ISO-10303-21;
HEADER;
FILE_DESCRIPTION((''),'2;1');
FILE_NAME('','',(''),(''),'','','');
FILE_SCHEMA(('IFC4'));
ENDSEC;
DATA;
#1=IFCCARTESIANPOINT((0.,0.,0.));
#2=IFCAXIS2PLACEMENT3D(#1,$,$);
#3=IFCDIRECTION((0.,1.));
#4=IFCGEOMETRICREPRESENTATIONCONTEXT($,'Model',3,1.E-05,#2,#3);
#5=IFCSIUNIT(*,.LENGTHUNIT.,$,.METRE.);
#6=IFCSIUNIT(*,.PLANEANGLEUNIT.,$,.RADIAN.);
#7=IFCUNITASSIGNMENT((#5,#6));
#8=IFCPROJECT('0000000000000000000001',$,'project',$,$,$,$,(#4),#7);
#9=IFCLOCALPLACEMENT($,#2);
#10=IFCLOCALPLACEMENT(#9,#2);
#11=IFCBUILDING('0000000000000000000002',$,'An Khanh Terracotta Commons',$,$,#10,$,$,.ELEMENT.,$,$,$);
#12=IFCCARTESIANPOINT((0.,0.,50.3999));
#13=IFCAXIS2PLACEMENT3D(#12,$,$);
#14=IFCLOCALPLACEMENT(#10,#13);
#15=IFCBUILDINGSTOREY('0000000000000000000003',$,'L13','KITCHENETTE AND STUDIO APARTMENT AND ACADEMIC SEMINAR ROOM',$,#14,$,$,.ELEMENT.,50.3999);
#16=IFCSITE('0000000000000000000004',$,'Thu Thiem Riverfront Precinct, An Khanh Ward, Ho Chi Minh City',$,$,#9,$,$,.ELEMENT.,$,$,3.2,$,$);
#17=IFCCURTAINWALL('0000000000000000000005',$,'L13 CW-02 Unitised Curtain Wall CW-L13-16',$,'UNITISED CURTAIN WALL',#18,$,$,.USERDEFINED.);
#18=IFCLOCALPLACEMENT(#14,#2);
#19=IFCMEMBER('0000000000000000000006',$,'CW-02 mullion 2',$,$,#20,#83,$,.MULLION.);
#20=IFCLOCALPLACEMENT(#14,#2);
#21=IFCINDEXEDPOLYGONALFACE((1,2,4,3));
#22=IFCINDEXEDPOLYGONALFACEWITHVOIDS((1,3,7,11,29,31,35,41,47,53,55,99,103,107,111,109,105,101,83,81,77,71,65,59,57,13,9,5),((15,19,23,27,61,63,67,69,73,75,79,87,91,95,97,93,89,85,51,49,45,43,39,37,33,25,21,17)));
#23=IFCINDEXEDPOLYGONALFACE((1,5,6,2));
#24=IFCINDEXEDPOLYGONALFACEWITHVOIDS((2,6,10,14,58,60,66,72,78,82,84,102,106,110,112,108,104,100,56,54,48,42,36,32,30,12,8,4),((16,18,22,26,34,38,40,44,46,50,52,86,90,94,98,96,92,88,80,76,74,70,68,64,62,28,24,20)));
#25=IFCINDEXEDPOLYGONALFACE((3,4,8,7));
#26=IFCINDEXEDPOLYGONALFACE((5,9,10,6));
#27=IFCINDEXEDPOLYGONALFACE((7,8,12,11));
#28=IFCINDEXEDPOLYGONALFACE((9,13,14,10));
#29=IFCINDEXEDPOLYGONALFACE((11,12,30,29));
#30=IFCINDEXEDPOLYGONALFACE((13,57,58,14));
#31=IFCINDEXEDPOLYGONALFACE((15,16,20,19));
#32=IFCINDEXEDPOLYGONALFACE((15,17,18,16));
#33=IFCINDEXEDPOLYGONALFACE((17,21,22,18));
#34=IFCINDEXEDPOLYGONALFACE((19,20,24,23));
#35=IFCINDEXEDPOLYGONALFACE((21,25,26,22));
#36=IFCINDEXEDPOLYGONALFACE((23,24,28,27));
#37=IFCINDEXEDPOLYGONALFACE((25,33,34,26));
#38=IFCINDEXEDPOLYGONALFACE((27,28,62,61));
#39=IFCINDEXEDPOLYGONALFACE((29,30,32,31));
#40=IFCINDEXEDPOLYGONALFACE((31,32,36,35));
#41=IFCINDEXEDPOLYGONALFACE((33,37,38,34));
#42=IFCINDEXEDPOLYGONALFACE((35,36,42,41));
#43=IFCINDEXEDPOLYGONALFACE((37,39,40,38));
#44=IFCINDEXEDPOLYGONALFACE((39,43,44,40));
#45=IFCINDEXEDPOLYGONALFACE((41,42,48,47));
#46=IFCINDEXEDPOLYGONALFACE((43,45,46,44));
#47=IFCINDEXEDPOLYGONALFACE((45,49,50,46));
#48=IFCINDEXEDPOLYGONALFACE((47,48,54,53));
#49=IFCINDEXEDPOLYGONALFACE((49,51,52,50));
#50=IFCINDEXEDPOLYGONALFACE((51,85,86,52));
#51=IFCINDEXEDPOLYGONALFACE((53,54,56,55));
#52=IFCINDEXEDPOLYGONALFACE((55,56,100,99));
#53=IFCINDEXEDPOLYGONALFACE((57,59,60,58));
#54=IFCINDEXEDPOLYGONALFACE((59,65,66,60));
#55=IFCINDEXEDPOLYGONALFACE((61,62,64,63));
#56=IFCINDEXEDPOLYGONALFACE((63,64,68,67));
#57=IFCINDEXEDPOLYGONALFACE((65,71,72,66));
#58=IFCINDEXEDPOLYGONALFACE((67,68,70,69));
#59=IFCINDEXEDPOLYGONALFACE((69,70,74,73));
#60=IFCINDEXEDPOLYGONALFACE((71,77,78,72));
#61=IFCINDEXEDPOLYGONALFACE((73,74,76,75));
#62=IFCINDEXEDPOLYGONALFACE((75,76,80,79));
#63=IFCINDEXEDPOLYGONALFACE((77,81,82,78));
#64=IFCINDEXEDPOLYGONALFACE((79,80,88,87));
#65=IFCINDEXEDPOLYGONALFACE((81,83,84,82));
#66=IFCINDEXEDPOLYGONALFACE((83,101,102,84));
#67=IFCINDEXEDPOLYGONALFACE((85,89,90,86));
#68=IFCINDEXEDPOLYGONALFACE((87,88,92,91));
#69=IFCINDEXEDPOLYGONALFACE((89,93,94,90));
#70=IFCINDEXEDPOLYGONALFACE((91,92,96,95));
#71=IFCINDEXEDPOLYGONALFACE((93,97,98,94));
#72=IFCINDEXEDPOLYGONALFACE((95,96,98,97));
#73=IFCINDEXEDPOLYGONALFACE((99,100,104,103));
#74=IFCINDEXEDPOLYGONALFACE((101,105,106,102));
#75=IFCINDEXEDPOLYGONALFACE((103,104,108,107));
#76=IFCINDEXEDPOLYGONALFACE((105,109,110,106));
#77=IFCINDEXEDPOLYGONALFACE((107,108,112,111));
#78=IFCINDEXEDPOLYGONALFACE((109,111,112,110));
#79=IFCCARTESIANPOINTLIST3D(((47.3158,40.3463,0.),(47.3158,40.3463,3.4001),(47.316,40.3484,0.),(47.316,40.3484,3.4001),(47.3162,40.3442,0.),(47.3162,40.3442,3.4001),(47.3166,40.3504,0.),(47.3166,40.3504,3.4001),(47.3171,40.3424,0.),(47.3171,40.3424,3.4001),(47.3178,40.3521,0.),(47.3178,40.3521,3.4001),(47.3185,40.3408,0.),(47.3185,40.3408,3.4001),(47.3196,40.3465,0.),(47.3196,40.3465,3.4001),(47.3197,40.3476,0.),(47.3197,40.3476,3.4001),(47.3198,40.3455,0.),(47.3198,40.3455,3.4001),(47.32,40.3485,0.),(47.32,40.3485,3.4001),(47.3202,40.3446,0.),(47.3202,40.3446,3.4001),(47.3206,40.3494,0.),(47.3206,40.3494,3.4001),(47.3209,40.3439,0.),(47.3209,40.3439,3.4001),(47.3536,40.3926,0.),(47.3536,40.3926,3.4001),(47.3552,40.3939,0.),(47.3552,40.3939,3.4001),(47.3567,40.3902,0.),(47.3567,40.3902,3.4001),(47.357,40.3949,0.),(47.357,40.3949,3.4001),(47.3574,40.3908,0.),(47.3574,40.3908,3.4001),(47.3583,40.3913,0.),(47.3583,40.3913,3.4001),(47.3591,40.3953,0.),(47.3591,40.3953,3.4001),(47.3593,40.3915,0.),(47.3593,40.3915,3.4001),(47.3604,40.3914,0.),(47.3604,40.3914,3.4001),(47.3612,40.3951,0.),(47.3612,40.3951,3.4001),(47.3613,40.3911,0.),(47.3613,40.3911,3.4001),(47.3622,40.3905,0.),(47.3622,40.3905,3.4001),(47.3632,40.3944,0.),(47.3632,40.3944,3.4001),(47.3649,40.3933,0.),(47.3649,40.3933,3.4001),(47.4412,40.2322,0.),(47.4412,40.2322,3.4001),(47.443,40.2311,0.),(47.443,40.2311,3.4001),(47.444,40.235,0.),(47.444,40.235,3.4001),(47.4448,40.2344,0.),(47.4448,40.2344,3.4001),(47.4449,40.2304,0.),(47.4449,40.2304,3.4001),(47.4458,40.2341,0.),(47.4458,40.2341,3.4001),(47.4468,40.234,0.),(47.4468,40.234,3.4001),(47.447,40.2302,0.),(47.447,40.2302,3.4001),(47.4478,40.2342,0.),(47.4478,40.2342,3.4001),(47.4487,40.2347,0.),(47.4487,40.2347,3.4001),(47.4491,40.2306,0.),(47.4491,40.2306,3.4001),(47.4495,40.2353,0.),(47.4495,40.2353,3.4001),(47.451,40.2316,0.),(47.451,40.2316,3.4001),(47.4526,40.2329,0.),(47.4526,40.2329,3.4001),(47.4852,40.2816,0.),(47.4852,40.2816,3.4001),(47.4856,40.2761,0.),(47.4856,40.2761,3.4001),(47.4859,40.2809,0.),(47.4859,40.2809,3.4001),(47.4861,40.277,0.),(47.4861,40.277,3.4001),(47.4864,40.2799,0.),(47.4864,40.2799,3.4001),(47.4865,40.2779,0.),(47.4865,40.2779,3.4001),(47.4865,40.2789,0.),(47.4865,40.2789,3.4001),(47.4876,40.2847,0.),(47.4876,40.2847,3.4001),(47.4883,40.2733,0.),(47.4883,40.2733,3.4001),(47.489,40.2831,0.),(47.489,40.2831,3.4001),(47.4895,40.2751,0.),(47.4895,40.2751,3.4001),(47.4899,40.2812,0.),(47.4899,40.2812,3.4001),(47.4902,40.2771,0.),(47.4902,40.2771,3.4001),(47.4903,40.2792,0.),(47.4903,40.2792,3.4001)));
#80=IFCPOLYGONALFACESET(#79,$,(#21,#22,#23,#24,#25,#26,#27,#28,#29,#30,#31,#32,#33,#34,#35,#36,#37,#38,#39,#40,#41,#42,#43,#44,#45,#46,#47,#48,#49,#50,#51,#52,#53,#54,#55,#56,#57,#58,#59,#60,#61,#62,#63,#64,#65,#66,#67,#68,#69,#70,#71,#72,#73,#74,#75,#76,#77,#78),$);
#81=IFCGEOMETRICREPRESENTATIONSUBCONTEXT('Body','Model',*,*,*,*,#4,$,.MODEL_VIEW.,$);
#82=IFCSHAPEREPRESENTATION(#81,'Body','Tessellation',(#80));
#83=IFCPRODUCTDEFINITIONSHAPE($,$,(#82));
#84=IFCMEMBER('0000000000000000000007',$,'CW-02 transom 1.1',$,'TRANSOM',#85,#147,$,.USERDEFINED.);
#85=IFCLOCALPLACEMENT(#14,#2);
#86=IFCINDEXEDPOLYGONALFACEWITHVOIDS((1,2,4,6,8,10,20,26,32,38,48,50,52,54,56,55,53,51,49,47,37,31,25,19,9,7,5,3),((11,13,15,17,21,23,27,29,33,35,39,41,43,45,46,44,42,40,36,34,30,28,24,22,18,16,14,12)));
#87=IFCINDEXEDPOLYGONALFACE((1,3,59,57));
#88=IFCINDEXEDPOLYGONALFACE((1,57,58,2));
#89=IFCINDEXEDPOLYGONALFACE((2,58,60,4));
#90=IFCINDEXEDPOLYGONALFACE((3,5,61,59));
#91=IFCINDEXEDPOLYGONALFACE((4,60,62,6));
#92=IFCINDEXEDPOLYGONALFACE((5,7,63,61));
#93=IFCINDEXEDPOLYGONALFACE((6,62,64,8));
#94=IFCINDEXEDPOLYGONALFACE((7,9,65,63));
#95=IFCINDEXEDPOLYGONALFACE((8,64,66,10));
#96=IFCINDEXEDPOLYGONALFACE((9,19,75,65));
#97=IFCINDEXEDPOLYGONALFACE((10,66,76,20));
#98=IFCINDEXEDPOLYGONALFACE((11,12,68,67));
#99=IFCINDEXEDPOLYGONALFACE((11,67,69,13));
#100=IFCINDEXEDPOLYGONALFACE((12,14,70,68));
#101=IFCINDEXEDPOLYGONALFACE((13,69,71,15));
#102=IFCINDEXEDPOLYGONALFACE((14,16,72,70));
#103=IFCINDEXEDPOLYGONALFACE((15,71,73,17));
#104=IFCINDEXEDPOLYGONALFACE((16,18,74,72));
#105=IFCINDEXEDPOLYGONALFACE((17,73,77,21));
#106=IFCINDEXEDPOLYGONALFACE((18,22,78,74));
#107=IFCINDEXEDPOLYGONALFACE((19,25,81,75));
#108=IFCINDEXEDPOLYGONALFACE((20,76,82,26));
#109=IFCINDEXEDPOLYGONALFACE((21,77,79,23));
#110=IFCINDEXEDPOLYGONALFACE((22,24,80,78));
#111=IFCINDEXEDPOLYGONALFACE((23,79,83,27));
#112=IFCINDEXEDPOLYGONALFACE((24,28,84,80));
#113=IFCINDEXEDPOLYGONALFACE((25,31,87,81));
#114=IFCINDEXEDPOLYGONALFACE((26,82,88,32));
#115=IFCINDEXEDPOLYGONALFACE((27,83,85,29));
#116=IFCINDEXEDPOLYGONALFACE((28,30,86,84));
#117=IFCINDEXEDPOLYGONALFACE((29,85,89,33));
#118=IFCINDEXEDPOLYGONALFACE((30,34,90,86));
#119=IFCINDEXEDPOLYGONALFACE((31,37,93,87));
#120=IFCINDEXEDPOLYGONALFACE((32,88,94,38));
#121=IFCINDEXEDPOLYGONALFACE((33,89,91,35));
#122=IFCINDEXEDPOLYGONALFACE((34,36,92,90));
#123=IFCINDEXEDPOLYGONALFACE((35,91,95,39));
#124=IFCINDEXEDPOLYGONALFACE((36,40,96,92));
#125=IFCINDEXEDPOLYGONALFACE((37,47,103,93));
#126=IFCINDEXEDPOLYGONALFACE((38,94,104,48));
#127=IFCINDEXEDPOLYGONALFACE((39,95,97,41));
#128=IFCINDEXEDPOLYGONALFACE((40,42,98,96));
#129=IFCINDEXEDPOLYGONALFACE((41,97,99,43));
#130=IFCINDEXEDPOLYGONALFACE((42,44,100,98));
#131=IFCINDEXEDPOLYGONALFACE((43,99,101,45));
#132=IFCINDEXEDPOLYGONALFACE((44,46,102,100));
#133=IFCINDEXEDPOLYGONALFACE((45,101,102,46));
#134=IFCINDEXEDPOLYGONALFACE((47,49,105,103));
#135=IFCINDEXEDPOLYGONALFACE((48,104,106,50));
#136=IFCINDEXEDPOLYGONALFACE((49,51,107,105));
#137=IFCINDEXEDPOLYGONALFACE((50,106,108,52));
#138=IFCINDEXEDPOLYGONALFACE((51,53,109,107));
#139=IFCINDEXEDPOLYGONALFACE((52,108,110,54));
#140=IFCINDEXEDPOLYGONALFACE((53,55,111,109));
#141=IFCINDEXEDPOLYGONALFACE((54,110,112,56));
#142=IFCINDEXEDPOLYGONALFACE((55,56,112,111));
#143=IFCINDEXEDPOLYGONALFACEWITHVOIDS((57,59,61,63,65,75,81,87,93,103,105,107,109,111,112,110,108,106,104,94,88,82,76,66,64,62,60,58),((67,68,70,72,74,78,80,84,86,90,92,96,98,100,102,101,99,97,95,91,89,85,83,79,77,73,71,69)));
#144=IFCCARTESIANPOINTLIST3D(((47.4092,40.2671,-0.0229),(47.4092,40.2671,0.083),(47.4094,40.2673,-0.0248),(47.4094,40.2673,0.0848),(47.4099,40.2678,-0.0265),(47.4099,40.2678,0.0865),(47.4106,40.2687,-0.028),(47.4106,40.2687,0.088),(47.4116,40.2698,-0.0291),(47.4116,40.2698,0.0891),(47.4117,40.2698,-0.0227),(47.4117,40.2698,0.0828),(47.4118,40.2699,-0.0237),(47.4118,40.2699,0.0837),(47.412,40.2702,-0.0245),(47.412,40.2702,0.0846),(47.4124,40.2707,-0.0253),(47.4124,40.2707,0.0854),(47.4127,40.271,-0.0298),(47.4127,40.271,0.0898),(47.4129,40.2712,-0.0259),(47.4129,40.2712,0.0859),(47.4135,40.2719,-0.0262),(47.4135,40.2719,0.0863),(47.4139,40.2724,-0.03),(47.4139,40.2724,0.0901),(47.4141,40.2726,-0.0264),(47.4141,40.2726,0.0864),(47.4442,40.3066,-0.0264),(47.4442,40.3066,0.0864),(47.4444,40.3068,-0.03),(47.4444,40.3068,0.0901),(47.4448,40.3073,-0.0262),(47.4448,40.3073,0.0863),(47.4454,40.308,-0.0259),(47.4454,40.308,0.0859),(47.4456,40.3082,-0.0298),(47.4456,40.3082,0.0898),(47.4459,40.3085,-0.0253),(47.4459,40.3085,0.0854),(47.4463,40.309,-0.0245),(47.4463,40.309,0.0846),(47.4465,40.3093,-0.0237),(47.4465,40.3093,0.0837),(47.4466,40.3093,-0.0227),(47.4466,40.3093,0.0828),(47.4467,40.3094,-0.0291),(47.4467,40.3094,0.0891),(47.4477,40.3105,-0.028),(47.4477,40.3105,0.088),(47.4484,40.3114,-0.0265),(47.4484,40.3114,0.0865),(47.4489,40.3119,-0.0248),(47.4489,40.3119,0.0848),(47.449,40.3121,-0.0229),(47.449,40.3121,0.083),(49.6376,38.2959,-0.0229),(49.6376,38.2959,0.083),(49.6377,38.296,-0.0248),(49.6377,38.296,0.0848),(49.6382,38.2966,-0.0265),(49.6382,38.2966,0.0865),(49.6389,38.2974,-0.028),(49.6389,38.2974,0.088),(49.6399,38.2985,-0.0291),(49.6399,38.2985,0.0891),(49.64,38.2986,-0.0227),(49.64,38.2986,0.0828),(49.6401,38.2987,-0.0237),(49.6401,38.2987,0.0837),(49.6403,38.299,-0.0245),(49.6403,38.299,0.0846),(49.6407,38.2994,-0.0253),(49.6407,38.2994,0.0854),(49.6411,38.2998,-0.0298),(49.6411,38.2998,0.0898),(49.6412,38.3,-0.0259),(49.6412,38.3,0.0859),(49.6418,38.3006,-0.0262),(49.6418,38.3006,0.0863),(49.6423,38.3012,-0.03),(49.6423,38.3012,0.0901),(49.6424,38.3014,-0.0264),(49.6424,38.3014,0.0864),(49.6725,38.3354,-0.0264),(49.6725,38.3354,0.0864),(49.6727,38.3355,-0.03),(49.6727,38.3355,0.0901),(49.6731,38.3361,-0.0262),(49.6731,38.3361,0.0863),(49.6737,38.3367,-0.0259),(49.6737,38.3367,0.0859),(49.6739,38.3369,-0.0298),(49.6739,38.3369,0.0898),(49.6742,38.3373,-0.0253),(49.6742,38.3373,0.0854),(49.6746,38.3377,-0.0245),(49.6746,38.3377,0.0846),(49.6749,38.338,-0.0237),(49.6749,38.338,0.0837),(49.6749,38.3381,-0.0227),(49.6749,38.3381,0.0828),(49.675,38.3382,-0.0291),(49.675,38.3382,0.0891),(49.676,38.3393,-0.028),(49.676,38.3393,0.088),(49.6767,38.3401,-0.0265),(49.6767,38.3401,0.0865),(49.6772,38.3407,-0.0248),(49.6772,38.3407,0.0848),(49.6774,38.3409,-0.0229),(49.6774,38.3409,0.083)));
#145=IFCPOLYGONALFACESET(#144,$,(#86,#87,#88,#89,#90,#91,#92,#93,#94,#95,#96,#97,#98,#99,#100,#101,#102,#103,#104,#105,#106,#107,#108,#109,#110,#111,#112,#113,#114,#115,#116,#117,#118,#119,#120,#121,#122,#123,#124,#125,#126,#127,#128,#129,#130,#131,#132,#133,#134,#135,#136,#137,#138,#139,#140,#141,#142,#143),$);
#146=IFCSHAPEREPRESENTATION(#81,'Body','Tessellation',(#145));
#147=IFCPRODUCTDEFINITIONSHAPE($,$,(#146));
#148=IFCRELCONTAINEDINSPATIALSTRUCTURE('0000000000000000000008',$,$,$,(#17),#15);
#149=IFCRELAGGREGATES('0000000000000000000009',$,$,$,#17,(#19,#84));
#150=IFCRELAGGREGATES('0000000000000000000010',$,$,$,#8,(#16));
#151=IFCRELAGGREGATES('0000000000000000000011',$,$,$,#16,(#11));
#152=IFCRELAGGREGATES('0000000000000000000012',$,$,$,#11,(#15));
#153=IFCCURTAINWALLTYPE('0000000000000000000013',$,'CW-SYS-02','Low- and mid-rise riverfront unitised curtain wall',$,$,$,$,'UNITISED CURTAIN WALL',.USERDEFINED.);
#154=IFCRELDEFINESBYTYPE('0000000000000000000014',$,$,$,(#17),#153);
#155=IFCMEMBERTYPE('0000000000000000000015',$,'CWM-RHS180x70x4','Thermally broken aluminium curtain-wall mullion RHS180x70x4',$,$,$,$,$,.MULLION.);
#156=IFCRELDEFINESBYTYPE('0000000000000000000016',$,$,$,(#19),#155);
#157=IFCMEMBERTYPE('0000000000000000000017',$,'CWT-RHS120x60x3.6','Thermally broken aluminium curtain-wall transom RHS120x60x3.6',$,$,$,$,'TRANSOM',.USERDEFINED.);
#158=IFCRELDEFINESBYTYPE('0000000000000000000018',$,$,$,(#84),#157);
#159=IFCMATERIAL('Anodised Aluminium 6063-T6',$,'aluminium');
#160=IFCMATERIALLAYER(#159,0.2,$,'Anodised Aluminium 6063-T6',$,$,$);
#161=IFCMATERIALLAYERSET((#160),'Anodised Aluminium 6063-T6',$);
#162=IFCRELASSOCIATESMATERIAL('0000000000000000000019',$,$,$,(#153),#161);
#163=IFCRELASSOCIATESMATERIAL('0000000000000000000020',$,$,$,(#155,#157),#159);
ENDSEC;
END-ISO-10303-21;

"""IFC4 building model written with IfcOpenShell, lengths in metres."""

from ifc_helpers import new_model, si_unit, direction, frame, origin, origin_2d, place, context, subcontext, project, spatial, hollow_rectangle, extrude, material, layer, layer_set, material_profile, profile_set, type_object, element, aggregate, save


model = new_model("IFC4")

# Units and contexts
model_context = context("Model", 3, precision=1e-05, world=origin(), true_north=direction((0.0, 1.0)))
body_context = subcontext(model_context, "Body", "Model", "MODEL_VIEW")
ifc_project = project(units=[si_unit("LENGTHUNIT", "METRE"), si_unit("PLANEANGLEUNIT", "RADIAN")], contexts=[model_context])

# Site, building, storey
site_placement = place(None, origin())
site = spatial("IfcSite", under=ifc_project, at=site_placement, Name="Thu Thiem Riverfront Precinct, An Khanh Ward, Ho Chi Minh City", CompositionType="ELEMENT", RefElevation=3.2)
building_placement = place(site_placement, origin())
building = spatial("IfcBuilding", under=site, at=building_placement, Name="An Khanh Terracotta Commons", CompositionType="ELEMENT")
storey_placement = place(building_placement, frame((0.0, 0.0, 50.3999)))
storey = spatial("IfcBuildingStorey", under=building, at=storey_placement, Name="L13", Description="KITCHENETTE AND STUDIO APARTMENT AND ACADEMIC SEMINAR ROOM", CompositionType="ELEMENT", Elevation=50.3999)

# Shared definitions
ifc_material_1 = material(Name="Anodised Aluminium 6063-T6", Category="aluminium")
ifc_layer_1 = layer(ifc_material_1, 0.2, Name="Anodised Aluminium 6063-T6")
ifc_layer_set_1 = layer_set([ifc_layer_1], Name="Anodised Aluminium 6063-T6")
curtain_wall_type = type_object("IfcCurtainWallType", Name="CW-SYS-02", Description="Low- and mid-rise riverfront unitised curtain wall", ElementType="UNITISED CURTAIN WALL", PredefinedType="USERDEFINED", material=ifc_layer_set_1)
ifc_material_profile_1 = material_profile(ifc_material_1, hollow_rectangle(XDim=0.0701, YDim=0.1799, WallThickness=0.0039, InnerFilletRadius=0.0039, OuterFilletRadius=0.0081, at=origin_2d()), Name="RHS180x70x4")
ifc_profile_set_1 = profile_set([ifc_material_profile_1], Name="Anodised Aluminium 6063-T6")
member_type_1 = type_object("IfcMemberType", Name="CWM-RHS180x70x4", Description="Thermally broken aluminium curtain-wall mullion RHS180x70x4", PredefinedType="MULLION", material=ifc_profile_set_1)

# Curtain wall, members
curtain_wall_1_placement = place(storey_placement, origin())
curtain_wall_1 = element("IfcCurtainWall", 1, at=curtain_wall_1_placement, inside=storey, type_object=curtain_wall_type, Name="L13 CW-02 Unitised Curtain Wall CW-L13-16", ObjectType="UNITISED CURTAIN WALL", PredefinedType="USERDEFINED")
member_1_placement = place(storey_placement, frame((47.4031, 40.3127, 0.0), z_axis=(0.0, 0.0, 1.0), x_axis=(-0.662548, -0.749019, 0.0)))
member_1 = element("IfcMember", 2, at=member_1_placement, type_object=member_type_1, Name="CW-02 mullion 2", PredefinedType="MULLION", context=body_context, shape_type="SweptSolid", body=[
    extrude(hollow_rectangle(XDim=0.0701, YDim=0.1799, WallThickness=0.0039, InnerFilletRadius=0.0039, OuterFilletRadius=0.0081, at=origin_2d()), origin(), (0.0, 0.0, 1.0), 3.4001),
])
ifc_material_profile_2 = material_profile(ifc_material_1, hollow_rectangle(XDim=0.0601, YDim=0.1201, WallThickness=0.0037, InnerFilletRadius=0.0037, OuterFilletRadius=0.0071, at=origin_2d()), Name="RHS120x60x3.6")
ifc_profile_set_2 = profile_set([ifc_material_profile_2], Name="Anodised Aluminium 6063-T6")
member_type_2 = type_object("IfcMemberType", Name="CWT-RHS120x60x3.6", Description="Thermally broken aluminium curtain-wall transom RHS120x60x3.6", ElementType="TRANSOM", PredefinedType="USERDEFINED", material=ifc_profile_set_2)
member_2_placement = place(storey_placement, frame((49.6575, 38.3184, 0.03), z_axis=(-0.748992, 0.662579, 0.0), x_axis=(-0.662579, -0.748992, 0.0)))
member_2 = element("IfcMember", 3, at=member_2_placement, type_object=member_type_2, Name="CW-02 transom 1.1", ObjectType="TRANSOM", PredefinedType="USERDEFINED", context=body_context, shape_type="SweptSolid", body=[
    extrude(hollow_rectangle(XDim=0.0601, YDim=0.1201, WallThickness=0.0037, InnerFilletRadius=0.0037, OuterFilletRadius=0.0071, at=origin_2d()), origin(), (0.0, 0.0, 1.0), 2.9751),
])

aggregate(curtain_wall_1, [member_1, member_2])

save(model, "model.ifc")
